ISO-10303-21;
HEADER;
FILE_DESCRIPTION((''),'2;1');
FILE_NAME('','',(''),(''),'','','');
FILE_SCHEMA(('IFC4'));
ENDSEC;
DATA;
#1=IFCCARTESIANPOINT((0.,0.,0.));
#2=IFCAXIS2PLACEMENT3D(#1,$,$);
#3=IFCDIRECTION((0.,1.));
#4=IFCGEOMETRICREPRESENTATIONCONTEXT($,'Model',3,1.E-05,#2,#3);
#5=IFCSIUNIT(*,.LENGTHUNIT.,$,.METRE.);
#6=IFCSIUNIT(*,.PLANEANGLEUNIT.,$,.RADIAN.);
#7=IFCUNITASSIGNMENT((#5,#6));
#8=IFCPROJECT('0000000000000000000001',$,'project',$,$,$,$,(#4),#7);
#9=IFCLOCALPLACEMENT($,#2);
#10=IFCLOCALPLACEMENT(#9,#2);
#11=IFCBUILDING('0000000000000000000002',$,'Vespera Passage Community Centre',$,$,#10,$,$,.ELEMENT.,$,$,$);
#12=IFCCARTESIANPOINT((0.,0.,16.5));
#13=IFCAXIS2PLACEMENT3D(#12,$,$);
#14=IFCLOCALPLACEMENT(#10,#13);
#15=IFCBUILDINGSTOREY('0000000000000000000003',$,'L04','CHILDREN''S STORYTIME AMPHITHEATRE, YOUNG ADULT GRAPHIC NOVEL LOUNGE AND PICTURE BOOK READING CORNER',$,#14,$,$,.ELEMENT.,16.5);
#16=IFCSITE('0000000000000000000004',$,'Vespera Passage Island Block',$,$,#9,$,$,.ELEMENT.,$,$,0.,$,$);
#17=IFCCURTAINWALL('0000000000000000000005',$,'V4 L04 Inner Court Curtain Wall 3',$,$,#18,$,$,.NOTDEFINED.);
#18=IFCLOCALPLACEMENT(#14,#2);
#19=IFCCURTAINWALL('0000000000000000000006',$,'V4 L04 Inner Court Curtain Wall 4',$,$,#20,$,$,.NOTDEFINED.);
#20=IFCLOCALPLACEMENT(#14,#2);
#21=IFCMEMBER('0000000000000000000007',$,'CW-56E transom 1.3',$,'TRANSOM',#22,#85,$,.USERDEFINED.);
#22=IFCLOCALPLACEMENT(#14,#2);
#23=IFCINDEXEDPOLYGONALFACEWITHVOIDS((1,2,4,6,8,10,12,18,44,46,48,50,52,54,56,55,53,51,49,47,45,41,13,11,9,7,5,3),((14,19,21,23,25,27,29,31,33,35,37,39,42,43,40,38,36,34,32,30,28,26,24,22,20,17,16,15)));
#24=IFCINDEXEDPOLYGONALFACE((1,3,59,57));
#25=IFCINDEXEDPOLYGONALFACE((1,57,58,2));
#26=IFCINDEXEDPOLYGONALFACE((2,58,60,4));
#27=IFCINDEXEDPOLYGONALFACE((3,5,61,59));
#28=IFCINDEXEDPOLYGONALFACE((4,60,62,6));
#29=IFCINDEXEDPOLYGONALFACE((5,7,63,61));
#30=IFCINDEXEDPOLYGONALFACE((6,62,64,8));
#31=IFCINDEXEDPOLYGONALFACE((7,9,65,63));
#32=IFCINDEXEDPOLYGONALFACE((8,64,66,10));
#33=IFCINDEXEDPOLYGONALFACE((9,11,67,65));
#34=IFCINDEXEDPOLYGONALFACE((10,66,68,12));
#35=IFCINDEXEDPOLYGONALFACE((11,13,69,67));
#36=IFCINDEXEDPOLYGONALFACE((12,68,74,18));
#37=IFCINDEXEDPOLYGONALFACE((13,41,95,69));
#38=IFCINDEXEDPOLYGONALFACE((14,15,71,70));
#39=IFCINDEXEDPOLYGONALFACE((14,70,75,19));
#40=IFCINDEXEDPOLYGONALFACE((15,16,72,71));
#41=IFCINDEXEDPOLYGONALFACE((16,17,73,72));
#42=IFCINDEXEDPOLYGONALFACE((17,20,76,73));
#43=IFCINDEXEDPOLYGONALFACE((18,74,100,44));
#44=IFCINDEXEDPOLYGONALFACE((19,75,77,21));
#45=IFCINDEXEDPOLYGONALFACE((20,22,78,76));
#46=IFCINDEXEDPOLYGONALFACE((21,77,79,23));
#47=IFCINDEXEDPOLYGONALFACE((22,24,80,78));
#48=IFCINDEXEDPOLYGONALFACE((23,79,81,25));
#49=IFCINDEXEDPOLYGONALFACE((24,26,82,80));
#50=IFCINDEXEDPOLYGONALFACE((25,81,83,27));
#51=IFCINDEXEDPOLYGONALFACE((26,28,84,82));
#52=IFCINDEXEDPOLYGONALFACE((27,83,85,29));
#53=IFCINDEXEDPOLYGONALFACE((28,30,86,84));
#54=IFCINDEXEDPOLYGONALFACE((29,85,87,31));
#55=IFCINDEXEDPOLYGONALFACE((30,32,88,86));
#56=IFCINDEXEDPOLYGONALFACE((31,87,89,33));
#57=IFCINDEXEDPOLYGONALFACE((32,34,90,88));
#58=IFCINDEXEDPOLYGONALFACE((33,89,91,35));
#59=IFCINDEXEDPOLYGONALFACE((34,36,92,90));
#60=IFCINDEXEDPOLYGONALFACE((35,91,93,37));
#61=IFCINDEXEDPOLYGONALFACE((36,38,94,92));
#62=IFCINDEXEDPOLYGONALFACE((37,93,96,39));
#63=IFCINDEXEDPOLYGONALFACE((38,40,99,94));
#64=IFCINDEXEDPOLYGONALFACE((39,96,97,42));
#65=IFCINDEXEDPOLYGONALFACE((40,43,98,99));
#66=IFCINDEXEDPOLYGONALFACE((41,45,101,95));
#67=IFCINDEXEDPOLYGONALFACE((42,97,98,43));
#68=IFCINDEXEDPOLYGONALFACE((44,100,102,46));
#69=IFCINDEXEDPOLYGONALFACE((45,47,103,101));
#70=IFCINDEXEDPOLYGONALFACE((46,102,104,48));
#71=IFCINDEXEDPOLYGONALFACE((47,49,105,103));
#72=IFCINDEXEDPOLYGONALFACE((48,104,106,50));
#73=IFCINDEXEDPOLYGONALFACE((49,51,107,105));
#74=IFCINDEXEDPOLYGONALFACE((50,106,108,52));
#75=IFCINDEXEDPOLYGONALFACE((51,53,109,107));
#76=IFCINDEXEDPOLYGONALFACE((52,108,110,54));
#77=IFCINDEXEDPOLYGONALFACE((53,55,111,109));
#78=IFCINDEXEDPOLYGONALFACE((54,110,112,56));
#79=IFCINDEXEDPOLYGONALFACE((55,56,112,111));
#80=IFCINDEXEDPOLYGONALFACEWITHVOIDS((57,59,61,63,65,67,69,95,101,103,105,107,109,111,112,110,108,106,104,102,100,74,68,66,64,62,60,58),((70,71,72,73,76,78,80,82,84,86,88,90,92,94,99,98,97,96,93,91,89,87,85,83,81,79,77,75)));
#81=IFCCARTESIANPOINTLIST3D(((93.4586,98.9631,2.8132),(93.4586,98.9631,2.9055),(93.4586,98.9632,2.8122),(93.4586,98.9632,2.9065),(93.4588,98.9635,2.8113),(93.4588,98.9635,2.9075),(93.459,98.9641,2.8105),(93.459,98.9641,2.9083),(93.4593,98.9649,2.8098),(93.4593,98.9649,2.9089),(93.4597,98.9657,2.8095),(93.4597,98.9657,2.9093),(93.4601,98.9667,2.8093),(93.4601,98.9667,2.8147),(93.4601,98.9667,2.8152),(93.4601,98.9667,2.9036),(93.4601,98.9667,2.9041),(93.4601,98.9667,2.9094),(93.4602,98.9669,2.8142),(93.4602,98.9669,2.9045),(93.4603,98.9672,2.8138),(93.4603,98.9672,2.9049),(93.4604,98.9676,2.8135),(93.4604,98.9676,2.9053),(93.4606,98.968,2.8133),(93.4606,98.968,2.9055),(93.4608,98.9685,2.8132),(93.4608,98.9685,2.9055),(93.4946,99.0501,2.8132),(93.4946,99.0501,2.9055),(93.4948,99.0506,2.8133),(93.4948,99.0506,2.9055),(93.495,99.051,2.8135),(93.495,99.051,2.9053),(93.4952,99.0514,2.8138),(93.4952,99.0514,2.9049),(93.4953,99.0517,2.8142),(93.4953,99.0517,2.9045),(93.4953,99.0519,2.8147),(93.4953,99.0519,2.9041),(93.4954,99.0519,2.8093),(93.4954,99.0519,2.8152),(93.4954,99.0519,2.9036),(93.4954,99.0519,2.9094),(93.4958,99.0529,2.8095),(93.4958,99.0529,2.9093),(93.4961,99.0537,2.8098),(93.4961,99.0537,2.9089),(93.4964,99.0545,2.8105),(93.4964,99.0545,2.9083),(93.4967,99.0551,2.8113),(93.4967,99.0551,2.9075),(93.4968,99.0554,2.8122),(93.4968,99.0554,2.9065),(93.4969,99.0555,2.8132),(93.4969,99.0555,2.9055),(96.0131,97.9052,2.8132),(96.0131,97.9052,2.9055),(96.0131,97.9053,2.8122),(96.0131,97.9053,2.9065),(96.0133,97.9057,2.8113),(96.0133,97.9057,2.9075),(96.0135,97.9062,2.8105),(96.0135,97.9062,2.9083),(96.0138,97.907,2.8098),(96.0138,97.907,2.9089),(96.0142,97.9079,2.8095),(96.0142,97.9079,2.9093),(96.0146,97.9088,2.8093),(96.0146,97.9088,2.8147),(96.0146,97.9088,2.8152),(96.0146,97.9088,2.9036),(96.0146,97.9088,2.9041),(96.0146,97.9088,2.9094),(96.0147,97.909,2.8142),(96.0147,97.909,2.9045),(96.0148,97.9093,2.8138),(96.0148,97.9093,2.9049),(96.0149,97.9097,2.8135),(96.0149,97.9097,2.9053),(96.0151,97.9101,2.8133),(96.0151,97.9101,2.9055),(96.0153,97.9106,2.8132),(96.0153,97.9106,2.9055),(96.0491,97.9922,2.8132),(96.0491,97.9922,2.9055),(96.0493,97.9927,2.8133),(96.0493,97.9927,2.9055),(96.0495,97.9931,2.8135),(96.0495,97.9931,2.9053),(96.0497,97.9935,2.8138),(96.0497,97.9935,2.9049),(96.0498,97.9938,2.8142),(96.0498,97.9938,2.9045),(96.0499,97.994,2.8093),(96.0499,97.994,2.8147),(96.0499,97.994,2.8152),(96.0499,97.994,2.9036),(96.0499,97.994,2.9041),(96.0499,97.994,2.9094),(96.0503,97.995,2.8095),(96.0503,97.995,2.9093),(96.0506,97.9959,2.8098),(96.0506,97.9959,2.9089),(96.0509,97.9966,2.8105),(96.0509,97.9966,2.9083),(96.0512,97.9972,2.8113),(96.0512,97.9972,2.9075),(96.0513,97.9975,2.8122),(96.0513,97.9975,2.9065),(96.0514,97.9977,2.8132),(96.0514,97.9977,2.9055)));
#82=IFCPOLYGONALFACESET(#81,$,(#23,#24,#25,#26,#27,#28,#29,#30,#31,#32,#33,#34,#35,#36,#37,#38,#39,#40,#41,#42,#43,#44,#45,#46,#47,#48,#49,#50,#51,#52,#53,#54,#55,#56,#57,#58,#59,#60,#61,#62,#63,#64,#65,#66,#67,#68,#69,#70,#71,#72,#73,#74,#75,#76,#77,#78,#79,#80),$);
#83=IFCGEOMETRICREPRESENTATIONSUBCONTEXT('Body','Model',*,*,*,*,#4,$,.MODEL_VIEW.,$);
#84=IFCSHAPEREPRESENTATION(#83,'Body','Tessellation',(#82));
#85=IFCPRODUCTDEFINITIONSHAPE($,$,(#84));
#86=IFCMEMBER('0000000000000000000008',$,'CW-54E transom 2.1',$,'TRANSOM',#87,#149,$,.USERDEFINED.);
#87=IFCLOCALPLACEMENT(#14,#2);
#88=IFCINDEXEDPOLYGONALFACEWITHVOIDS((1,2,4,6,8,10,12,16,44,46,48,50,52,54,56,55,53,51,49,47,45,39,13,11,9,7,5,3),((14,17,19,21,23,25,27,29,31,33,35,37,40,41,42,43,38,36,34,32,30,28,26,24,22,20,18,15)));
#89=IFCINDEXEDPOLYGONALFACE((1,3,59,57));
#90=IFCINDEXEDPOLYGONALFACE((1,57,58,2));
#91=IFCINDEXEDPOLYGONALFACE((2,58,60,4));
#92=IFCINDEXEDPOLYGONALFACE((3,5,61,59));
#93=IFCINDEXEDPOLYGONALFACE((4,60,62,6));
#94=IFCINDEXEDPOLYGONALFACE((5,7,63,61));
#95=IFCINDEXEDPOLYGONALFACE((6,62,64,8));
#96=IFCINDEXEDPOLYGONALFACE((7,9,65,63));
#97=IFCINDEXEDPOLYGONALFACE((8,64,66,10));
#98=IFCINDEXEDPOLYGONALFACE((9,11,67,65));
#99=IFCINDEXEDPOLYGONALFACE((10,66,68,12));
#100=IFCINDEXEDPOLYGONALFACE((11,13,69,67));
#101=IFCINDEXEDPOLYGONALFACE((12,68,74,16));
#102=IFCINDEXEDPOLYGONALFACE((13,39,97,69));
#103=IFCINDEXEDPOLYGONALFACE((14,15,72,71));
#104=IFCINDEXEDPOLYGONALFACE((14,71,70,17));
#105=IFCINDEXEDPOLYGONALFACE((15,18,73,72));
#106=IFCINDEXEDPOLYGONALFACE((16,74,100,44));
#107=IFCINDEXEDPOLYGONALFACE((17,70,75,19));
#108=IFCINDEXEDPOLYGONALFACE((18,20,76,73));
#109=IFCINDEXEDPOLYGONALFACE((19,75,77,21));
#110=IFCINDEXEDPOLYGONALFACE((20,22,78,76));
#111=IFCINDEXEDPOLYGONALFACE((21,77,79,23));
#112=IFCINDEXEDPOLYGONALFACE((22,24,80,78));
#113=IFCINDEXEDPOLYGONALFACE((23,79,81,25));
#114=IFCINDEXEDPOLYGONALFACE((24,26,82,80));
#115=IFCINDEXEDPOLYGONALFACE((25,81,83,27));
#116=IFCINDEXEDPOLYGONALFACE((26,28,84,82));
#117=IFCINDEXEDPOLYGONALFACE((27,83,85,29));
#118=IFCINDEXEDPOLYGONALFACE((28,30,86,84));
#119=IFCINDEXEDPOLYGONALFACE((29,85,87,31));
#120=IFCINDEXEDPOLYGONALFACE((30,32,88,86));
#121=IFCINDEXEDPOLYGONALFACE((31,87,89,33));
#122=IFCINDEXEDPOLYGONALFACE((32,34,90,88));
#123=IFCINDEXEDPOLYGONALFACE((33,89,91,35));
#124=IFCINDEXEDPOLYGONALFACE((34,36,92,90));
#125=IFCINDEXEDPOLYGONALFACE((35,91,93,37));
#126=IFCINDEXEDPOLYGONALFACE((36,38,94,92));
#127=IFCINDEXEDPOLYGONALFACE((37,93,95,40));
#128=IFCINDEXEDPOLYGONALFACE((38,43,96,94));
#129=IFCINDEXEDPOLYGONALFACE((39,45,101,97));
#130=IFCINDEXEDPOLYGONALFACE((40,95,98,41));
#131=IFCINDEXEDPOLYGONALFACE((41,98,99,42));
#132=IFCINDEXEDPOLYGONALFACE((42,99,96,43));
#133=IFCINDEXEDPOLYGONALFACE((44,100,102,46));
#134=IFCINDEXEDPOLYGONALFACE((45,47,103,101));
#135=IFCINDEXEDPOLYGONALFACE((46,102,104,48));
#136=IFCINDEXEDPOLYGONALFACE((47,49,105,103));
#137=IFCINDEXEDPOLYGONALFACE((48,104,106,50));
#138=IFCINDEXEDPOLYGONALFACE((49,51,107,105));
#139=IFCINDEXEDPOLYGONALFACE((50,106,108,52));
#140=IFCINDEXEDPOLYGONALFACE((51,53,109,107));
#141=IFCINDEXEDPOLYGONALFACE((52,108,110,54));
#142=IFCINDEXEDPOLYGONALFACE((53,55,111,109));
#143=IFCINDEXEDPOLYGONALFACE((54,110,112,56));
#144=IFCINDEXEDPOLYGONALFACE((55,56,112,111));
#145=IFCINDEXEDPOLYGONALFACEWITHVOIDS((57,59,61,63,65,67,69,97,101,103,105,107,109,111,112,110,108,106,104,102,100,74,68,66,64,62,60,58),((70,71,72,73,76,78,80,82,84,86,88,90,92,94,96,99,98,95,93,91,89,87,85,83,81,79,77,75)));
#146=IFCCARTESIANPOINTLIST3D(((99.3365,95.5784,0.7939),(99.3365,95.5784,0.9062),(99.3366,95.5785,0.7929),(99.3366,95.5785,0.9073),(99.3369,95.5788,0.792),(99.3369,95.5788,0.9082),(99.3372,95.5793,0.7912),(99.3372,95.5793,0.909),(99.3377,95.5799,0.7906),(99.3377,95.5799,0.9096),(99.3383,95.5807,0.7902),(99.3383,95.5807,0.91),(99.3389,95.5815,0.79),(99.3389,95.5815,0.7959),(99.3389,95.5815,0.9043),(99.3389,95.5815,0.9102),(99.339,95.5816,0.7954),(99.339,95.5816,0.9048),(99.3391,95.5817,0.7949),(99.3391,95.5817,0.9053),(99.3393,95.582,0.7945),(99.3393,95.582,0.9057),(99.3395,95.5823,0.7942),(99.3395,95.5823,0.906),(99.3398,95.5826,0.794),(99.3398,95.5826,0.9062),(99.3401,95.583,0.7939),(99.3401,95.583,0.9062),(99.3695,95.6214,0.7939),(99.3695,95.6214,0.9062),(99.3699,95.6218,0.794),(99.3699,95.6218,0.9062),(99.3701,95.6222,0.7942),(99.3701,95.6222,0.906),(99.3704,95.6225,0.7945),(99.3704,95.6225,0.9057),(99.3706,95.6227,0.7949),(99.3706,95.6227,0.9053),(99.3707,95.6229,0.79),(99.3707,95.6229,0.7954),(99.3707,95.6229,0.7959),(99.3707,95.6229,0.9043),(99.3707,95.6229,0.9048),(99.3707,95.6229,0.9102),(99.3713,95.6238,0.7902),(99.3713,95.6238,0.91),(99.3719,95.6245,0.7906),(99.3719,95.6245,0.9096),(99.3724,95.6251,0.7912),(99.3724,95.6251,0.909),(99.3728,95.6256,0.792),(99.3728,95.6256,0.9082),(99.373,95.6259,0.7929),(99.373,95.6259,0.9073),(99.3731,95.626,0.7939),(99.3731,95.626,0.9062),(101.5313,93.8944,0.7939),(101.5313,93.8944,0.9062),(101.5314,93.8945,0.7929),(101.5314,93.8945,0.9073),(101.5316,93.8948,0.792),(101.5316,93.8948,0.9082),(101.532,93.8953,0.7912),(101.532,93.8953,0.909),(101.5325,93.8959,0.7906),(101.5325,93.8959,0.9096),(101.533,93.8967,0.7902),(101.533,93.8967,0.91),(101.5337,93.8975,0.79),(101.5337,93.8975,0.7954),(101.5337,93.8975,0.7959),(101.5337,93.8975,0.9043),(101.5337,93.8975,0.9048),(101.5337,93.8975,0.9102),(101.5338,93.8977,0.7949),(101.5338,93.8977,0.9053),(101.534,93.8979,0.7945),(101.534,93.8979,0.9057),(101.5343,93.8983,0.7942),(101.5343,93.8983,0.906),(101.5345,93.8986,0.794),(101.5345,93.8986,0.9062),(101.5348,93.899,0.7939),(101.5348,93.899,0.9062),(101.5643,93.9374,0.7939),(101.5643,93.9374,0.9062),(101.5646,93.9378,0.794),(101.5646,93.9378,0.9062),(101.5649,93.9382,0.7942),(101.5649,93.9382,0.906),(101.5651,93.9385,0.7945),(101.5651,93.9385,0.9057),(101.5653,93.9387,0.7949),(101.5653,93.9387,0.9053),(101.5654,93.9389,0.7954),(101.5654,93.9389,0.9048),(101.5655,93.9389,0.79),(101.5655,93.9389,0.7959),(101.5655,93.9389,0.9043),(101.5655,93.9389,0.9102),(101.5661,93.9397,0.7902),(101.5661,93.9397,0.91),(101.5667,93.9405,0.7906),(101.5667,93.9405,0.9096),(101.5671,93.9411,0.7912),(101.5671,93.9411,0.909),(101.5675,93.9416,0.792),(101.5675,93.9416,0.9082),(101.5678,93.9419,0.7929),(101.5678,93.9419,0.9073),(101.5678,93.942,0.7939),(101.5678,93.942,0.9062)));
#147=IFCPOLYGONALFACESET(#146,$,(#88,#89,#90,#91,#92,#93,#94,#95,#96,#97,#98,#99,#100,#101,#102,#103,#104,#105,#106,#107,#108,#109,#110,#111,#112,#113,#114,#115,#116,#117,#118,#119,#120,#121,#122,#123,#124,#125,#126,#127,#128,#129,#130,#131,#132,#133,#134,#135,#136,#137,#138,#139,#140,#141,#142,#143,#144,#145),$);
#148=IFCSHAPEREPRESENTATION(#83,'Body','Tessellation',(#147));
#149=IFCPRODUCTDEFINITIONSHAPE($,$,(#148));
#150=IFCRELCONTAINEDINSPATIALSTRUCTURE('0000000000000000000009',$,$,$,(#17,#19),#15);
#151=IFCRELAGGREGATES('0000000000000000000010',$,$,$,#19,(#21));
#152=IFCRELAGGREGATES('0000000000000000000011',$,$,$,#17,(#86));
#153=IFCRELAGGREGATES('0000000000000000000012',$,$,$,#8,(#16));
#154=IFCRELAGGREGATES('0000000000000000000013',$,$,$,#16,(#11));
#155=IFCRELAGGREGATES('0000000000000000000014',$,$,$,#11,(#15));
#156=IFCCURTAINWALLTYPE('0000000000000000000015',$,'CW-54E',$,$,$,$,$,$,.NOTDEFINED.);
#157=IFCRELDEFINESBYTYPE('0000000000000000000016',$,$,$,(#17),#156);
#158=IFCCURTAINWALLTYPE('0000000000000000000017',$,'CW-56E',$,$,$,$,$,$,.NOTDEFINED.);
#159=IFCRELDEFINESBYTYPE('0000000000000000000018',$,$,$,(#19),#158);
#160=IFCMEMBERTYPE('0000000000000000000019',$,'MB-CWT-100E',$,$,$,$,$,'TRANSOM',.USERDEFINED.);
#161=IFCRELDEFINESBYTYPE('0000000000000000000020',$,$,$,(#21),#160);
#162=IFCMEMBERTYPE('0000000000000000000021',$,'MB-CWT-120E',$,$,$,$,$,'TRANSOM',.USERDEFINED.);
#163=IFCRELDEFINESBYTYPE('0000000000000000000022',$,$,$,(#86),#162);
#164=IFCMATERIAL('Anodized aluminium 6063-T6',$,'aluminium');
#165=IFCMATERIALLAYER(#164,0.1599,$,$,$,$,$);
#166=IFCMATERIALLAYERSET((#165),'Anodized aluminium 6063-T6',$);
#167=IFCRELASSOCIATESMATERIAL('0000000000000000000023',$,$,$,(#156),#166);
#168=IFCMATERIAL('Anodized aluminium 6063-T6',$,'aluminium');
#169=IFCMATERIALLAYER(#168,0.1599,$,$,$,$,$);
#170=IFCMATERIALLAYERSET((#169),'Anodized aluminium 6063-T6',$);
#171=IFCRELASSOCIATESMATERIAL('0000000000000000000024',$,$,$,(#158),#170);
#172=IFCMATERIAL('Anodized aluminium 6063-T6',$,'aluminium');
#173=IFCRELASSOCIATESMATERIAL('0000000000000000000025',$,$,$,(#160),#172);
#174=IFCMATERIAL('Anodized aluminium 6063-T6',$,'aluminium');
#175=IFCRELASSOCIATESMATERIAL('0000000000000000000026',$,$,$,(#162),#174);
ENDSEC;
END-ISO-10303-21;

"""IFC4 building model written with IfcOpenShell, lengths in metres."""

from ifc_helpers import new_model, si_unit, direction, frame, origin, origin_2d, place, context, subcontext, project, spatial, hollow_rectangle, extrude, material, layer, layer_set, material_profile, profile_set, type_object, element, aggregate, save


model = new_model("IFC4")

# Units and contexts
model_context = context("Model", 3, precision=1e-05, world=origin(), true_north=direction((0.0, 1.0)))
body_context = subcontext(model_context, "Body", "Model", "MODEL_VIEW")
ifc_project = project(units=[si_unit("LENGTHUNIT", "METRE"), si_unit("PLANEANGLEUNIT", "RADIAN")], contexts=[model_context])

# Site, building, storey
site_placement = place(None, origin())
site = spatial("IfcSite", under=ifc_project, at=site_placement, Name="Vespera Passage Island Block", CompositionType="ELEMENT", RefElevation=0.0)
building_placement = place(site_placement, origin())
building = spatial("IfcBuilding", under=site, at=building_placement, Name="Vespera Passage Community Centre", CompositionType="ELEMENT")
storey_placement = place(building_placement, frame((0.0, 0.0, 16.5)))
storey = spatial("IfcBuildingStorey", under=building, at=storey_placement, Name="L04", Description="CHILDREN'S STORYTIME AMPHITHEATRE, YOUNG ADULT GRAPHIC NOVEL LOUNGE AND PICTURE BOOK READING CORNER", CompositionType="ELEMENT", Elevation=16.5)

# Curtain walls, member
ifc_material_1 = material(Name="Anodized aluminium 6063-T6", Category="aluminium")
ifc_layer_1 = layer(ifc_material_1, 0.1599)
ifc_layer_set_1 = layer_set([ifc_layer_1], Name="Anodized aluminium 6063-T6")
curtain_wall_type_1 = type_object("IfcCurtainWallType", Name="CW-54E", PredefinedType="NOTDEFINED", material=ifc_layer_set_1)
curtain_wall_1_placement = place(storey_placement, origin())
curtain_wall_1 = element("IfcCurtainWall", 1, at=curtain_wall_1_placement, inside=storey, type_object=curtain_wall_type_1, Name="V4 L04 Inner Court Curtain Wall 3", PredefinedType="NOTDEFINED")
ifc_material_2 = material(Name="Anodized aluminium 6063-T6", Category="aluminium")
ifc_layer_2 = layer(ifc_material_2, 0.1599)
ifc_layer_set_2 = layer_set([ifc_layer_2], Name="Anodized aluminium 6063-T6")
curtain_wall_type_2 = type_object("IfcCurtainWallType", Name="CW-56E", PredefinedType="NOTDEFINED", material=ifc_layer_set_2)
curtain_wall_2_placement = place(storey_placement, origin())
curtain_wall_2 = element("IfcCurtainWall", 2, at=curtain_wall_2_placement, inside=storey, type_object=curtain_wall_type_2, Name="V4 L04 Inner Court Curtain Wall 4", PredefinedType="NOTDEFINED")
ifc_material_3 = material(Name="Anodized aluminium 6063-T6", Category="aluminium")
ifc_material_profile_1 = material_profile(ifc_material_3, hollow_rectangle(XDim=0.1001, YDim=0.1001, WallThickness=0.0039, InnerFilletRadius=0.002, OuterFilletRadius=0.0039, at=origin_2d()), Name="ALU100X100X4")
ifc_profile_set_1 = profile_set([ifc_material_profile_1], Name="Anodized aluminium 6063-T6")
member_type_1 = type_object("IfcMemberType", Name="MB-CWT-100E", ElementType="TRANSOM", PredefinedType="USERDEFINED", material=ifc_profile_set_1)
member_1_placement = place(storey_placement, frame((96.0322, 97.9514, 2.8594), z_axis=(-0.923908, 0.382614, 0.0), x_axis=(-0.382614, -0.923908, 0.0)))
member_1 = element("IfcMember", 3, at=member_1_placement, type_object=member_type_1, Name="CW-56E transom 1.3", ObjectType="TRANSOM", PredefinedType="USERDEFINED", context=body_context, shape_type="SweptSolid", body=[
    extrude(hollow_rectangle(XDim=0.1001, YDim=0.1001, WallThickness=0.0039, InnerFilletRadius=0.002, OuterFilletRadius=0.0039, at=origin_2d()), origin(), (0.0, 0.0, 1.0), 2.7649),
])
aggregate(curtain_wall_2, [member_1])

# Member
ifc_material_4 = material(Name="Anodized aluminium 6063-T6", Category="aluminium")
ifc_material_profile_2 = material_profile(ifc_material_4, hollow_rectangle(XDim=0.0601, YDim=0.1201, WallThickness=0.0039, InnerFilletRadius=0.002, OuterFilletRadius=0.0039, at=origin_2d()), Name="ALU120X60X4")
ifc_profile_set_2 = profile_set([ifc_material_profile_2], Name="Anodized aluminium 6063-T6")
member_type_2 = type_object("IfcMemberType", Name="MB-CWT-120E", ElementType="TRANSOM", PredefinedType="USERDEFINED", material=ifc_profile_set_2)
member_2_placement = place(storey_placement, frame((101.5496, 93.9182, 0.8501), z_axis=(-0.793365, 0.608746, 0.0), x_axis=(-0.608746, -0.793365, 0.0)))
member_2 = element("IfcMember", 4, at=member_2_placement, type_object=member_type_2, Name="CW-54E transom 2.1", ObjectType="TRANSOM", PredefinedType="USERDEFINED", context=body_context, shape_type="SweptSolid", body=[
    extrude(hollow_rectangle(XDim=0.0601, YDim=0.1201, WallThickness=0.0039, InnerFilletRadius=0.002, OuterFilletRadius=0.0039, at=origin_2d()), origin(), (0.0, 0.0, 1.0), 2.7664),
])

aggregate(curtain_wall_1, [member_2])

save(model, "model.ifc")
